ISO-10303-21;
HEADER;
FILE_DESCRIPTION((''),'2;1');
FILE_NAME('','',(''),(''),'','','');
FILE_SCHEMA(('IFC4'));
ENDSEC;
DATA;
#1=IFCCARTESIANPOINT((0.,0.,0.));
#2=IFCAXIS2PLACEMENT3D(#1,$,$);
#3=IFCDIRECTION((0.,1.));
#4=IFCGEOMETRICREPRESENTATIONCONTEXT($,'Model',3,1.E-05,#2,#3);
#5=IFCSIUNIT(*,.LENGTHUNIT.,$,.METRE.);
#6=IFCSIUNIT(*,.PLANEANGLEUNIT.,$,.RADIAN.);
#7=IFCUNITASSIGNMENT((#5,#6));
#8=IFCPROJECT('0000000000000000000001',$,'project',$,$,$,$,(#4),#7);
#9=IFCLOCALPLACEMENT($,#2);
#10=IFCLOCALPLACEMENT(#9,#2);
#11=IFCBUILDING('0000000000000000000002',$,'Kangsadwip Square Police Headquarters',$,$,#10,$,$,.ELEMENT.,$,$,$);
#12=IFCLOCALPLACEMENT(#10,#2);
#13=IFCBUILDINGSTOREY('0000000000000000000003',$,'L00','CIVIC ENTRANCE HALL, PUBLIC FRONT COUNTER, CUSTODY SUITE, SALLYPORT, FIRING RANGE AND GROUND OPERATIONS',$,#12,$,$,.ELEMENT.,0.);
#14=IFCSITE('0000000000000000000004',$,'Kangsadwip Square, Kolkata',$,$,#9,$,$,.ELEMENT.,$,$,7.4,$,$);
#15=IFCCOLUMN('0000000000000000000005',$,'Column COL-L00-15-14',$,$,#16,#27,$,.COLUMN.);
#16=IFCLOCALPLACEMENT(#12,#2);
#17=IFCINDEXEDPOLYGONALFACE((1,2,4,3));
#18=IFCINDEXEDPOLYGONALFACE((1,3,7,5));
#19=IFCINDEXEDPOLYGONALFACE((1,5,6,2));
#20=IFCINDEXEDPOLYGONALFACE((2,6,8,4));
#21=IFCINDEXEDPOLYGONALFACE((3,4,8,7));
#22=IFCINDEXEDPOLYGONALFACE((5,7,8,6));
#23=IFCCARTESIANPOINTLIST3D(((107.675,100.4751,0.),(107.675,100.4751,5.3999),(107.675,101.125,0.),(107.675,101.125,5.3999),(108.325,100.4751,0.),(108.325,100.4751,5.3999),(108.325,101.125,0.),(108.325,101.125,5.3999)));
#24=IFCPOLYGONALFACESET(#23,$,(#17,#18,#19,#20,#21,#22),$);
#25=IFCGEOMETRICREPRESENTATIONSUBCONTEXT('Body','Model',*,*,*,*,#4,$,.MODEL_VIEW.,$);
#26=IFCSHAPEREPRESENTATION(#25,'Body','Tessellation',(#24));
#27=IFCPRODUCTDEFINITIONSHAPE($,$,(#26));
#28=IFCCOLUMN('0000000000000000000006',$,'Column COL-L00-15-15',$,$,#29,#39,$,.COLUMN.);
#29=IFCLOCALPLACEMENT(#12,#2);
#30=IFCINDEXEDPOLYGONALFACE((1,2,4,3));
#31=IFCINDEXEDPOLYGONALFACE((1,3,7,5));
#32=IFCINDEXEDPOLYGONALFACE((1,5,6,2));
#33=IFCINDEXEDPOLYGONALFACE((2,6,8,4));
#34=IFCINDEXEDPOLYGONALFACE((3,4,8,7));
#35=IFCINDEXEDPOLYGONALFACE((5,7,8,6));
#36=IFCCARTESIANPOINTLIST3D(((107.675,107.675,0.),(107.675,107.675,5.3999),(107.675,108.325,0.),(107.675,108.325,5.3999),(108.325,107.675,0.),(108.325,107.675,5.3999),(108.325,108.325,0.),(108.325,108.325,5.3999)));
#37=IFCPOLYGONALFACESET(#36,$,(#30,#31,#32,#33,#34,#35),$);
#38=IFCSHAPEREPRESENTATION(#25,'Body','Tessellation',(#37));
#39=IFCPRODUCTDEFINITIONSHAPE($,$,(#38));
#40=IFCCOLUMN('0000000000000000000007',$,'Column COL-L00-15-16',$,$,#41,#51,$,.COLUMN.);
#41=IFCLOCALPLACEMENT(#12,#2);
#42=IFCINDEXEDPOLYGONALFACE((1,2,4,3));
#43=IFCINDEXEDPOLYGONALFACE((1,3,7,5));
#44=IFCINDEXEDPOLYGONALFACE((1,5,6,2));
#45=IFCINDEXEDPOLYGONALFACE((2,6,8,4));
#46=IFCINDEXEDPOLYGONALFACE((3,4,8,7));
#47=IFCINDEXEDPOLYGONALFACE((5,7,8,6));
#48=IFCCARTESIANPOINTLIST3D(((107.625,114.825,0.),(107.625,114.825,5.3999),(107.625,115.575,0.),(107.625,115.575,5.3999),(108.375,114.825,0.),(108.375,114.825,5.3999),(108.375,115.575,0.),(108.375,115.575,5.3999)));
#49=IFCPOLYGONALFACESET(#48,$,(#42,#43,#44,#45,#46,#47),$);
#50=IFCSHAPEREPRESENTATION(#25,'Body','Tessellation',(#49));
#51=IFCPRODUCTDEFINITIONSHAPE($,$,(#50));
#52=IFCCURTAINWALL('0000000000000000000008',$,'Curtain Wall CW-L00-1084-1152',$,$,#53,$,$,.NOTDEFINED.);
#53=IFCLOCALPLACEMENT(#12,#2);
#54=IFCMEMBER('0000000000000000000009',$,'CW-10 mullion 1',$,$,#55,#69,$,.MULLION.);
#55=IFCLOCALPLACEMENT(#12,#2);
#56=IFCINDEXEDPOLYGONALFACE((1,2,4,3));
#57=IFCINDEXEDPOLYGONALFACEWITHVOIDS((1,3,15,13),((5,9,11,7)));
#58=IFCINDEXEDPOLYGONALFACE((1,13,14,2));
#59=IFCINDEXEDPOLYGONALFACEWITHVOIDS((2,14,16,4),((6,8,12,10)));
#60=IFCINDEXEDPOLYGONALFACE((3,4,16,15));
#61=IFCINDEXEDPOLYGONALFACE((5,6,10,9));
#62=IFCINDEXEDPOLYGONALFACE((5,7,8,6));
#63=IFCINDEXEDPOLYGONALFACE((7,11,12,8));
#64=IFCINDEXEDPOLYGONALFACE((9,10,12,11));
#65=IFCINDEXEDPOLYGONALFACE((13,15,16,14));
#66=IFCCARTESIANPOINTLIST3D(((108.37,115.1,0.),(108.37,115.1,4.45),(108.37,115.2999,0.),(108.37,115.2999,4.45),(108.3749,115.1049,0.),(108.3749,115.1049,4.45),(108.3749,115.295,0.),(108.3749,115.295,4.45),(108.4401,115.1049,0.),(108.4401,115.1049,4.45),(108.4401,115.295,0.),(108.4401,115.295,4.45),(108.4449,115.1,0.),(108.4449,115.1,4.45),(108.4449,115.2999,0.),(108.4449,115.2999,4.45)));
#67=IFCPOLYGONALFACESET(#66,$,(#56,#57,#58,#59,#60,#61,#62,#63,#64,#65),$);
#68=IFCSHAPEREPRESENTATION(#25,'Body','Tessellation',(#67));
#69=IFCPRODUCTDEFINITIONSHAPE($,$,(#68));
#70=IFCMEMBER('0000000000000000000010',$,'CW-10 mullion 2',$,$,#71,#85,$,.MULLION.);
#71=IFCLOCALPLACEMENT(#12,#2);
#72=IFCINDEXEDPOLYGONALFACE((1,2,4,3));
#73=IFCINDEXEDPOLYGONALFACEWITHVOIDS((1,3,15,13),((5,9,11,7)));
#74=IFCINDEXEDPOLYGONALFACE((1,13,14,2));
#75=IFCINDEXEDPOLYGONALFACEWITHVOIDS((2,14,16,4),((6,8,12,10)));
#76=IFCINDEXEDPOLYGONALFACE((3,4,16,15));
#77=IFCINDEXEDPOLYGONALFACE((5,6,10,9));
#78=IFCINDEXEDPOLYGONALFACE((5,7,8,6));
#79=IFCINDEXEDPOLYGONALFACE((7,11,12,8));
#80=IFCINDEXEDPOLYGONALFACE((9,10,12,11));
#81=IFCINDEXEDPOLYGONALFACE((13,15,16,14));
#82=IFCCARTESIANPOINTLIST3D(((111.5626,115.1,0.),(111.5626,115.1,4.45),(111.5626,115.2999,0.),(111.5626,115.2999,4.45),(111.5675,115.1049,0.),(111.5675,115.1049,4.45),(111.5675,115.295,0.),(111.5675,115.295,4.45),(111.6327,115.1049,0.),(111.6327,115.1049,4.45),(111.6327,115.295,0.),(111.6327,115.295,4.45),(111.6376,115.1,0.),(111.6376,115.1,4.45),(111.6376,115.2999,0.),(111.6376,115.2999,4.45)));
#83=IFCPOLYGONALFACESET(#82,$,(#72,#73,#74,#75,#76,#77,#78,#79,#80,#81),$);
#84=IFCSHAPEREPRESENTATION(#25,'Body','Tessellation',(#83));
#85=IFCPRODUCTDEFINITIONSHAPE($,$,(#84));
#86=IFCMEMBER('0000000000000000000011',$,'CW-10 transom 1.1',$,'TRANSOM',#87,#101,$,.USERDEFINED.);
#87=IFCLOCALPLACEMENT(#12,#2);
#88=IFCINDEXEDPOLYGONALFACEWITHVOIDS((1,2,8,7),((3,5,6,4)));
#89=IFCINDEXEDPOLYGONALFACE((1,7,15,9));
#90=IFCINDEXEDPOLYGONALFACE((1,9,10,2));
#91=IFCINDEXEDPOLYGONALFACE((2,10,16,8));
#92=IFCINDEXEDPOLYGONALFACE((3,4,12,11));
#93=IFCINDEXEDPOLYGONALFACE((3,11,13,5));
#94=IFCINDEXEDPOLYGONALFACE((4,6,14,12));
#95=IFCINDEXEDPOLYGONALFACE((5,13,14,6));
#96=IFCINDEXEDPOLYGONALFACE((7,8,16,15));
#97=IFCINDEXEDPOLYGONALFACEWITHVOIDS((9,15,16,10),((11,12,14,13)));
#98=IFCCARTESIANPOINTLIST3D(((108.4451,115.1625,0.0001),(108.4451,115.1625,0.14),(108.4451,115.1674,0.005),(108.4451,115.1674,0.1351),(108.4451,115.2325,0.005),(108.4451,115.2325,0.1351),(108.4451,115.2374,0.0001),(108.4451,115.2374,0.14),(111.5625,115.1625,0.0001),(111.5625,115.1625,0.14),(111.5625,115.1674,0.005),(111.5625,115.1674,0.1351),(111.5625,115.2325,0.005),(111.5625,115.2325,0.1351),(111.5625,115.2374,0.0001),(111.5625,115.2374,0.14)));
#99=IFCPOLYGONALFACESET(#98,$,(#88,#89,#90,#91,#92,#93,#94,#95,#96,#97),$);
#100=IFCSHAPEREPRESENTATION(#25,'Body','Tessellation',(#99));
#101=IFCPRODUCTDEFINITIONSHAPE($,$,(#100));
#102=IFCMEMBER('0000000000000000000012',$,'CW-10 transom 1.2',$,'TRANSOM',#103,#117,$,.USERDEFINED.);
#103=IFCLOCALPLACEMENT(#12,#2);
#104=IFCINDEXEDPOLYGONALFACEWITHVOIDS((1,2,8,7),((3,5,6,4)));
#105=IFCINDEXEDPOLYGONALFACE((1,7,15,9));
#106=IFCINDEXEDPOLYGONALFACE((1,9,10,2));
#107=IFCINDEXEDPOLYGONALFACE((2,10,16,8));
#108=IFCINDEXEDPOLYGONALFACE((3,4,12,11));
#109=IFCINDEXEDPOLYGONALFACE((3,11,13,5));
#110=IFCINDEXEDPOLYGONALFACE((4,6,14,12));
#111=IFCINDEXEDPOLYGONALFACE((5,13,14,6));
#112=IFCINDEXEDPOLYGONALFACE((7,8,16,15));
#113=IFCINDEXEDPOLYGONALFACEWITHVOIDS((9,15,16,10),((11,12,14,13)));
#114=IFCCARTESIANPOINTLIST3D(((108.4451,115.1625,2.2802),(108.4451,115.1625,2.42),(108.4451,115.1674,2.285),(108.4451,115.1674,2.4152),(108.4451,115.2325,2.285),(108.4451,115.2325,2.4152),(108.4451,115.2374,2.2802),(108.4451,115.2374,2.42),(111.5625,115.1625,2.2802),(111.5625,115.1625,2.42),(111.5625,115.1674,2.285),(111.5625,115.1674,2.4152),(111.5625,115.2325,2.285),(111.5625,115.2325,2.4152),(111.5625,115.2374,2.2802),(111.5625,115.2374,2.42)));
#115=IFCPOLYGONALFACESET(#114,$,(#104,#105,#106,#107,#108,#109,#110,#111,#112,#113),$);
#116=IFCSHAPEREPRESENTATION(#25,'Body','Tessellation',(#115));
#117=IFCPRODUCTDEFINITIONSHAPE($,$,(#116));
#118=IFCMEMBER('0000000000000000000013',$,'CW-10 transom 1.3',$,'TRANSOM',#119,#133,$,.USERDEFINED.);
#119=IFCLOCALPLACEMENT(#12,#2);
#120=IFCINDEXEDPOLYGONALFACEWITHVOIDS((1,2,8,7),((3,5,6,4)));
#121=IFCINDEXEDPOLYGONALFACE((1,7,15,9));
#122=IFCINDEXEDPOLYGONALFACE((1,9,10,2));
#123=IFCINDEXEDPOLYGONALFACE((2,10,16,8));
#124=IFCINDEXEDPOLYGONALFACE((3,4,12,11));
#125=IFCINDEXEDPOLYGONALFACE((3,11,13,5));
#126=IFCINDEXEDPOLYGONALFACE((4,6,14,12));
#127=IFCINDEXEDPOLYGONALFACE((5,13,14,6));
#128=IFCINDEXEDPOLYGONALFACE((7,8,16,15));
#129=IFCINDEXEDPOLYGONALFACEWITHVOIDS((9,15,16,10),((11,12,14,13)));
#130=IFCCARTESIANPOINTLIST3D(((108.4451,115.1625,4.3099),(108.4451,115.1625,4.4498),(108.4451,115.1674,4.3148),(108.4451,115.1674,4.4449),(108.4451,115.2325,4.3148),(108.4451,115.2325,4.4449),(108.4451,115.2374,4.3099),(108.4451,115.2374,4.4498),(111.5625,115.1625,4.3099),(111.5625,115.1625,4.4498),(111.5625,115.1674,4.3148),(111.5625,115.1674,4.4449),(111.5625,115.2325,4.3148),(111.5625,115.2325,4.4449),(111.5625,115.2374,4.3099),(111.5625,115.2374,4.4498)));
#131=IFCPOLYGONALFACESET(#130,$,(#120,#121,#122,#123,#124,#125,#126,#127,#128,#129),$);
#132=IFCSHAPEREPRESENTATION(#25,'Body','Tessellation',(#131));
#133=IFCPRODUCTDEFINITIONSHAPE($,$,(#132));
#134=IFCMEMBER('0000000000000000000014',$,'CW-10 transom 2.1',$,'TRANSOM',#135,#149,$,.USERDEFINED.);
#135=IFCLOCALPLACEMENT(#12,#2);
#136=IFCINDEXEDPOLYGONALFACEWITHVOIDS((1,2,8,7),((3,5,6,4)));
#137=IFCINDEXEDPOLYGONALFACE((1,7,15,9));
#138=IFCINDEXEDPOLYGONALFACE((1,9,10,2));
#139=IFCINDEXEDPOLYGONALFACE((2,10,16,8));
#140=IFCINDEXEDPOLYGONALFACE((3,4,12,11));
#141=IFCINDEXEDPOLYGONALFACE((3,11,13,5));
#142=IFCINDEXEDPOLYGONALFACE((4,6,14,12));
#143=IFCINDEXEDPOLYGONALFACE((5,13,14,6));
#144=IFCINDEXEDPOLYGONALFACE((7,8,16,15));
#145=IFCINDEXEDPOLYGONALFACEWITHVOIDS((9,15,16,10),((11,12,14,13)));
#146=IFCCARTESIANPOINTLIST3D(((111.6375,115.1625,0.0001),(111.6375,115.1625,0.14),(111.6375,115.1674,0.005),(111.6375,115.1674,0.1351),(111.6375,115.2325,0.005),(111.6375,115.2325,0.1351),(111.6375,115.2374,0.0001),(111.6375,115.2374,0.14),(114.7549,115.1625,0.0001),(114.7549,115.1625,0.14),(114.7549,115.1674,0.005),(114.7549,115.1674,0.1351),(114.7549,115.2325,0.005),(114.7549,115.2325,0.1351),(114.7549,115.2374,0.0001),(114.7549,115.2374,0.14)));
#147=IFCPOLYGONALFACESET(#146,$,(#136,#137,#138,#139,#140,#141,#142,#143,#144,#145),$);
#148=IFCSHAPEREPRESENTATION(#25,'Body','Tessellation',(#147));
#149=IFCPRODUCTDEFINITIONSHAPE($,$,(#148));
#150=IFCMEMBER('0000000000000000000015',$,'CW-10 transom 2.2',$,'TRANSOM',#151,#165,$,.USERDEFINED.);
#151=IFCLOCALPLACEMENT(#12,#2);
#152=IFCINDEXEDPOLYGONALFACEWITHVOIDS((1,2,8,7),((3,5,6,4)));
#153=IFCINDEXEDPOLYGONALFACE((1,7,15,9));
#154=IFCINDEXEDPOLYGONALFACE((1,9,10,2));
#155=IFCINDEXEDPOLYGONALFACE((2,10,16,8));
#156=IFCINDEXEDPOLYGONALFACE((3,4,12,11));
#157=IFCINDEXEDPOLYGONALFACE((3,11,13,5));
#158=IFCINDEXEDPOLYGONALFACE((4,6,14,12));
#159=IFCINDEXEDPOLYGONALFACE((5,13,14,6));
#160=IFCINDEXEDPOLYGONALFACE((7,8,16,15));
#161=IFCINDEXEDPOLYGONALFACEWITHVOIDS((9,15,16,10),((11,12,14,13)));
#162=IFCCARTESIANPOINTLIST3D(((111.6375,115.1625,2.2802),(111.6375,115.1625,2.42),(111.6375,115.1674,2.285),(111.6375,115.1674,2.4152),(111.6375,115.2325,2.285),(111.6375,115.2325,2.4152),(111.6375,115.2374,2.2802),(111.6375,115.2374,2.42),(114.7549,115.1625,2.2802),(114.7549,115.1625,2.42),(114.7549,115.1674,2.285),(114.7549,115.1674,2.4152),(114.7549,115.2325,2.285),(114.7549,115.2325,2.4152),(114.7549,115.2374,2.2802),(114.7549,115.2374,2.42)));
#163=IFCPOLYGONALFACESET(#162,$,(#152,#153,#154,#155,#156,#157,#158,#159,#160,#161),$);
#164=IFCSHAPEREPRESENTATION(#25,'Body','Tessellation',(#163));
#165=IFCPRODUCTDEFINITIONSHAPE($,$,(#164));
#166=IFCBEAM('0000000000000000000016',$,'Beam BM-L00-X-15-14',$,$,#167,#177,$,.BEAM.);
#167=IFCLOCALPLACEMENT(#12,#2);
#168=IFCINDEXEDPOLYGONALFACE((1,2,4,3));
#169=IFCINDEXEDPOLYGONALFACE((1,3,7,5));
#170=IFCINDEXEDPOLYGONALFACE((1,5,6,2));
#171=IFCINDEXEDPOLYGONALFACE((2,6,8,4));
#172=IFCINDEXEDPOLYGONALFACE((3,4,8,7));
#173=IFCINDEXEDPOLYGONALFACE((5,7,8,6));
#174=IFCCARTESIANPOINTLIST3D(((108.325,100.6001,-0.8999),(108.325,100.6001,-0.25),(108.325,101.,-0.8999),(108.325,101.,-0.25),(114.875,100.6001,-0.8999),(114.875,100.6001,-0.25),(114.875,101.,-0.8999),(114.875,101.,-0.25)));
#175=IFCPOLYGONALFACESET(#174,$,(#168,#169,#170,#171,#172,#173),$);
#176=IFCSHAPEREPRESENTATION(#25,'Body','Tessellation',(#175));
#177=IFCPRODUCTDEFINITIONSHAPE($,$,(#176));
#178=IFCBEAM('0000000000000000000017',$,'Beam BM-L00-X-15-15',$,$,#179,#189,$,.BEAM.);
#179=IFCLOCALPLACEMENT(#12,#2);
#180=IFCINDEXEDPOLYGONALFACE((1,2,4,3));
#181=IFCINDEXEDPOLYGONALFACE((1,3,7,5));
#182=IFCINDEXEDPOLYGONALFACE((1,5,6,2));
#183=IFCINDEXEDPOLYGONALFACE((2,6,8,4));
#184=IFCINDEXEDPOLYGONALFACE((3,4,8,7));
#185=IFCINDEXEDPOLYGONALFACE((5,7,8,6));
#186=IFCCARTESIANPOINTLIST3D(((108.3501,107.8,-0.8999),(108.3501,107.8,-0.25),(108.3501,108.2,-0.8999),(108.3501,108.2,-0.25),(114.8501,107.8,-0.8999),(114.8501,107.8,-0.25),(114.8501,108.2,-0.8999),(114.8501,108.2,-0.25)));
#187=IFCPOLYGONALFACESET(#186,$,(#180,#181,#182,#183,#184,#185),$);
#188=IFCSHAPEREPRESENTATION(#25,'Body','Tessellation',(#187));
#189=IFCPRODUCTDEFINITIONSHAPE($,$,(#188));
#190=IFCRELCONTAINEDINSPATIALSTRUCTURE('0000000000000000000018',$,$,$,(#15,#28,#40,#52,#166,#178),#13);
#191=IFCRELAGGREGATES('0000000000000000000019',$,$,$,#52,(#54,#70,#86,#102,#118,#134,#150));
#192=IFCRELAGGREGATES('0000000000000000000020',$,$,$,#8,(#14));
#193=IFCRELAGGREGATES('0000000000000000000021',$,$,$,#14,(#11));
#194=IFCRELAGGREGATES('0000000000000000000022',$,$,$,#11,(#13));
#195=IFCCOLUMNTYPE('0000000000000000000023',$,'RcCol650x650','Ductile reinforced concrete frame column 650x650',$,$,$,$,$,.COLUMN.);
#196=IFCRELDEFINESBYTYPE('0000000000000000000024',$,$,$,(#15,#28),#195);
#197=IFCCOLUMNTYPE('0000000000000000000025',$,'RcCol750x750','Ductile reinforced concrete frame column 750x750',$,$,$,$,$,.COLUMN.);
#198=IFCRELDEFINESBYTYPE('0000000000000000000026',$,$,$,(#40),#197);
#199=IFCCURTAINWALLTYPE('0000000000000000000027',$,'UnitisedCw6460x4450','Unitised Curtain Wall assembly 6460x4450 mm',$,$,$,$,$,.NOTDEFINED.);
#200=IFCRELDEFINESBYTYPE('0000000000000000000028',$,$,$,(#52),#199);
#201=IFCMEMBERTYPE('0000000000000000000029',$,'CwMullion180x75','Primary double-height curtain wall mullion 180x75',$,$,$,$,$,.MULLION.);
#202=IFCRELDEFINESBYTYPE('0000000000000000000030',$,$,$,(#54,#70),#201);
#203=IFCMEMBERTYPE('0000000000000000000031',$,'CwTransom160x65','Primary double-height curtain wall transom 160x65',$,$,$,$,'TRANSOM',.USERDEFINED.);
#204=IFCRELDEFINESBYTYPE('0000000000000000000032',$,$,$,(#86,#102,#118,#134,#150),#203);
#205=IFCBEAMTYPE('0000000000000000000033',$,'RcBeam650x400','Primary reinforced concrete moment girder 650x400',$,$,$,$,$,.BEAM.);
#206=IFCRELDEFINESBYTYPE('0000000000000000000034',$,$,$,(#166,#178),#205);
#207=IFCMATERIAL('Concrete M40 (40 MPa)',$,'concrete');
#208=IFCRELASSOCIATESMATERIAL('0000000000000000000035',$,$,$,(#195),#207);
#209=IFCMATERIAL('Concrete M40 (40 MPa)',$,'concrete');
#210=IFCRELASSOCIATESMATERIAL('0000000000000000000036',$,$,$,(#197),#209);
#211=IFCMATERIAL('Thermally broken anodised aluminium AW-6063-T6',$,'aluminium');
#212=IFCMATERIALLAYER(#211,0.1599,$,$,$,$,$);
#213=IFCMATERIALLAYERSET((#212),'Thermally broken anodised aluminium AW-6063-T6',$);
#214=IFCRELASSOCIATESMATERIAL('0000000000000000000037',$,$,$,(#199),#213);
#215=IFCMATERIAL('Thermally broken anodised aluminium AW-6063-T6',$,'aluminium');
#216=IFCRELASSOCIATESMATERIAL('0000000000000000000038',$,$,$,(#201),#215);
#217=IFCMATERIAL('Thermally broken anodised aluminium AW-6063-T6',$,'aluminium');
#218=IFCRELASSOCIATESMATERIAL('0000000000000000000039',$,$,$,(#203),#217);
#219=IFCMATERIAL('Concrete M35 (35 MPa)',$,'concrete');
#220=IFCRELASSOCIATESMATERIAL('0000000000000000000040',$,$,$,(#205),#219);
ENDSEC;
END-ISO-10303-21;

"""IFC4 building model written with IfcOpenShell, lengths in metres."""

from ifc_helpers import new_model, si_unit, direction, frame, origin, origin_2d, place, context, subcontext, project, spatial, rectangle, hollow_rectangle, extrude, material, layer, layer_set, material_profile, profile_set, type_object, element, aggregate, save


model = new_model("IFC4")

# Units and contexts
model_context = context("Model", 3, precision=1e-05, world=origin(), true_north=direction((0.0, 1.0)))
body_context = subcontext(model_context, "Body", "Model", "MODEL_VIEW")
ifc_project = project(units=[si_unit("LENGTHUNIT", "METRE"), si_unit("PLANEANGLEUNIT", "RADIAN")], contexts=[model_context])

# Site, building, storey
site_placement = place(None, origin())
site = spatial("IfcSite", under=ifc_project, at=site_placement, Name="Kangsadwip Square, Kolkata", CompositionType="ELEMENT", RefElevation=7.4)
building_placement = place(site_placement, origin())
building = spatial("IfcBuilding", under=site, at=building_placement, Name="Kangsadwip Square Police Headquarters", CompositionType="ELEMENT")
storey_placement = place(building_placement, origin())
storey = spatial("IfcBuildingStorey", under=building, at=storey_placement, Name="L00", Description="CIVIC ENTRANCE HALL, PUBLIC FRONT COUNTER, CUSTODY SUITE, SALLYPORT, FIRING RANGE AND GROUND OPERATIONS", CompositionType="ELEMENT", Elevation=0.0)

# Columns
ifc_material_1 = material(Name="Concrete M40 (40 MPa)", Category="concrete")
ifc_material_profile_1 = material_profile(ifc_material_1, rectangle(XDim=0.6499, YDim=0.6499, at=origin_2d()), Name="RC COL 650X650")
ifc_profile_set_1 = profile_set([ifc_material_profile_1], Name="Concrete M40 (40 MPa)")
column_type_1 = type_object("IfcColumnType", Name="RcCol650x650", Description="Ductile reinforced concrete frame column 650x650", PredefinedType="COLUMN", material=ifc_profile_set_1)
for number, where, z_axis, x_axis, name in (
    (1, (108.0, 100.8, 0.0), (0.0, 0.0, 1.0), (1.0, 0.0, 0.0), "Column COL-L00-15-14"),
    (2, (108.0, 108.0, 0.0), (0.0, 0.0, 1.0), (1.0, 0.0, 0.0), "Column COL-L00-15-15"),
):
    element("IfcColumn", number, at=place(storey_placement, frame(where, z_axis=z_axis, x_axis=x_axis)), inside=storey, type_object=column_type_1, Name=name, PredefinedType="COLUMN", context=body_context, shape_type="SweptSolid", body=[
        extrude(rectangle(XDim=0.6499, YDim=0.6499, at=origin_2d()), origin(), (0.0, 0.0, 1.0), 5.3999),
    ])
ifc_material_2 = material(Name="Concrete M40 (40 MPa)", Category="concrete")
ifc_material_profile_2 = material_profile(ifc_material_2, rectangle(XDim=0.75, YDim=0.75, at=origin_2d()), Name="RC COL 750X750")
ifc_profile_set_2 = profile_set([ifc_material_profile_2], Name="Concrete M40 (40 MPa)")
column_type_2 = type_object("IfcColumnType", Name="RcCol750x750", Description="Ductile reinforced concrete frame column 750x750", PredefinedType="COLUMN", material=ifc_profile_set_2)
column_placement = place(storey_placement, frame((108.0, 115.2, 0.0), z_axis=(0.0, 0.0, 1.0), x_axis=(1.0, 0.0, 0.0)))
element("IfcColumn", 3, at=column_placement, inside=storey, type_object=column_type_2, Name="Column COL-L00-15-16", PredefinedType="COLUMN", context=body_context, shape_type="SweptSolid", body=[
    extrude(rectangle(XDim=0.75, YDim=0.75, at=origin_2d()), origin(), (0.0, 0.0, 1.0), 5.3999),
])

# Curtain wall, members
ifc_material_3 = material(Name="Thermally broken anodised aluminium AW-6063-T6", Category="aluminium")
ifc_layer_1 = layer(ifc_material_3, 0.1599)
ifc_layer_set_1 = layer_set([ifc_layer_1], Name="Thermally broken anodised aluminium AW-6063-T6")
curtain_wall_type = type_object("IfcCurtainWallType", Name="UnitisedCw6460x4450", Description="Unitised Curtain Wall assembly 6460x4450 mm", PredefinedType="NOTDEFINED", material=ifc_layer_set_1)
curtain_wall_placement = place(storey_placement, origin())
curtain_wall = element("IfcCurtainWall", 4, at=curtain_wall_placement, inside=storey, type_object=curtain_wall_type, Name="Curtain Wall CW-L00-1084-1152", PredefinedType="NOTDEFINED")
ifc_material_4 = material(Name="Thermally broken anodised aluminium AW-6063-T6", Category="aluminium")
ifc_material_profile_3 = material_profile(ifc_material_4, hollow_rectangle(XDim=0.075, YDim=0.2, WallThickness=0.0049, at=origin_2d()), Name="CWM 200X75X5")
ifc_profile_set_3 = profile_set([ifc_material_profile_3], Name="Thermally broken anodised aluminium AW-6063-T6")
member_type_1 = type_object("IfcMemberType", Name="CwMullion180x75", Description="Primary double-height curtain wall mullion 180x75", PredefinedType="MULLION", material=ifc_profile_set_3)
member_1_placement = place(storey_placement, frame((108.4075, 115.2, 0.0), z_axis=(0.0, 0.0, 1.0), x_axis=(1.0, 0.0, 0.0)))
member_1 = element("IfcMember", 5, at=member_1_placement, type_object=member_type_1, Name="CW-10 mullion 1", PredefinedType="MULLION", context=body_context, shape_type="SweptSolid", body=[
    extrude(hollow_rectangle(XDim=0.075, YDim=0.2, WallThickness=0.0049, at=origin_2d()), origin(), (0.0, 0.0, 1.0), 4.45),
])
member_2_placement = place(storey_placement, frame((111.6001, 115.2, 0.0), z_axis=(0.0, 0.0, 1.0), x_axis=(1.0, 0.0, 0.0)))
member_2 = element("IfcMember", 6, at=member_2_placement, type_object=member_type_1, Name="CW-10 mullion 2", PredefinedType="MULLION", context=body_context, shape_type="SweptSolid", body=[
    extrude(hollow_rectangle(XDim=0.075, YDim=0.2, WallThickness=0.0049, at=origin_2d()), origin(), (0.0, 0.0, 1.0), 4.45),
])
ifc_material_5 = material(Name="Thermally broken anodised aluminium AW-6063-T6", Category="aluminium")
ifc_material_profile_4 = material_profile(ifc_material_5, hollow_rectangle(XDim=0.075, YDim=0.1399, WallThickness=0.0049, at=origin_2d()), Name="CWT 140X75X5")
ifc_profile_set_4 = profile_set([ifc_material_profile_4], Name="Thermally broken anodised aluminium AW-6063-T6")
member_type_2 = type_object("IfcMemberType", Name="CwTransom160x65", Description="Primary double-height curtain wall transom 160x65", ElementType="TRANSOM", PredefinedType="USERDEFINED", material=ifc_profile_set_4)
member_3_placement = place(storey_placement, frame((108.4451, 115.2, 0.0701), z_axis=(1.0, 0.0, 0.0), x_axis=(0.0, 1.0, 0.0)))
member_3 = element("IfcMember", 7, at=member_3_placement, type_object=member_type_2, Name="CW-10 transom 1.1", ObjectType="TRANSOM", PredefinedType="USERDEFINED", context=body_context, shape_type="SweptSolid", body=[
    extrude(hollow_rectangle(XDim=0.075, YDim=0.1399, WallThickness=0.0049, at=origin_2d()), origin(), (0.0, 0.0, 1.0), 3.1174),
])
member_4_placement = place(storey_placement, frame((108.4451, 115.2, 2.3501), z_axis=(1.0, 0.0, 0.0), x_axis=(0.0, 1.0, 0.0)))
member_4 = element("IfcMember", 8, at=member_4_placement, type_object=member_type_2, Name="CW-10 transom 1.2", ObjectType="TRANSOM", PredefinedType="USERDEFINED", context=body_context, shape_type="SweptSolid", body=[
    extrude(hollow_rectangle(XDim=0.075, YDim=0.1399, WallThickness=0.0049, at=origin_2d()), origin(), (0.0, 0.0, 1.0), 3.1174),
])
member_5_placement = place(storey_placement, frame((108.4451, 115.2, 4.3799), z_axis=(1.0, 0.0, 0.0), x_axis=(0.0, 1.0, 0.0)))
member_5 = element("IfcMember", 9, at=member_5_placement, type_object=member_type_2, Name="CW-10 transom 1.3", ObjectType="TRANSOM", PredefinedType="USERDEFINED", context=body_context, shape_type="SweptSolid", body=[
    extrude(hollow_rectangle(XDim=0.075, YDim=0.1399, WallThickness=0.0049, at=origin_2d()), origin(), (0.0, 0.0, 1.0), 3.1174),
])
member_6_placement = place(storey_placement, frame((111.6375, 115.2, 0.0701), z_axis=(1.0, 0.0, 0.0), x_axis=(0.0, 1.0, 0.0)))
member_6 = element("IfcMember", 10, at=member_6_placement, type_object=member_type_2, Name="CW-10 transom 2.1", ObjectType="TRANSOM", PredefinedType="USERDEFINED", context=body_context, shape_type="SweptSolid", body=[
    extrude(hollow_rectangle(XDim=0.075, YDim=0.1399, WallThickness=0.0049, at=origin_2d()), origin(), (0.0, 0.0, 1.0), 3.1174),
])
member_7_placement = place(storey_placement, frame((111.6375, 115.2, 2.3501), z_axis=(1.0, 0.0, 0.0), x_axis=(0.0, 1.0, 0.0)))
member_7 = element("IfcMember", 11, at=member_7_placement, type_object=member_type_2, Name="CW-10 transom 2.2", ObjectType="TRANSOM", PredefinedType="USERDEFINED", context=body_context, shape_type="SweptSolid", body=[
    extrude(hollow_rectangle(XDim=0.075, YDim=0.1399, WallThickness=0.0049, at=origin_2d()), origin(), (0.0, 0.0, 1.0), 3.1174),
])

# Beams
ifc_material_6 = material(Name="Concrete M35 (35 MPa)", Category="concrete")
ifc_material_profile_5 = material_profile(ifc_material_6, rectangle(XDim=0.3999, YDim=0.6499, at=origin_2d()), Name="RC BM 650X400")
ifc_profile_set_5 = profile_set([ifc_material_profile_5], Name="Concrete M35 (35 MPa)")
beam_type_1 = type_object("IfcBeamType", Name="RcBeam650x400", Description="Primary reinforced concrete moment girder 650x400", PredefinedType="BEAM", material=ifc_profile_set_5)
beam_1_placement = place(storey_placement, frame((108.325, 100.8, -0.575), z_axis=(1.0, 0.0, 0.0), x_axis=(0.0, 1.0, 0.0)))
element("IfcBeam", 12, at=beam_1_placement, inside=storey, type_object=beam_type_1, Name="Beam BM-L00-X-15-14", PredefinedType="BEAM", context=body_context, shape_type="SweptSolid", body=[
    extrude(rectangle(XDim=0.3999, YDim=0.6499, at=origin_2d()), origin(), (0.0, 0.0, 1.0), 6.55),
])
beam_2_placement = place(storey_placement, frame((108.3501, 108.0, -0.575), z_axis=(1.0, 0.0, 0.0), x_axis=(0.0, 1.0, 0.0)))
element("IfcBeam", 13, at=beam_2_placement, inside=storey, type_object=beam_type_1, Name="Beam BM-L00-X-15-15", PredefinedType="BEAM", context=body_context, shape_type="SweptSolid", body=[
    extrude(rectangle(XDim=0.3999, YDim=0.6499, at=origin_2d()), origin(), (0.0, 0.0, 1.0), 6.5),
])

aggregate(curtain_wall, [member_1, member_2, member_3, member_4, member_5, member_6, member_7])

save(model, "model.ifc")
